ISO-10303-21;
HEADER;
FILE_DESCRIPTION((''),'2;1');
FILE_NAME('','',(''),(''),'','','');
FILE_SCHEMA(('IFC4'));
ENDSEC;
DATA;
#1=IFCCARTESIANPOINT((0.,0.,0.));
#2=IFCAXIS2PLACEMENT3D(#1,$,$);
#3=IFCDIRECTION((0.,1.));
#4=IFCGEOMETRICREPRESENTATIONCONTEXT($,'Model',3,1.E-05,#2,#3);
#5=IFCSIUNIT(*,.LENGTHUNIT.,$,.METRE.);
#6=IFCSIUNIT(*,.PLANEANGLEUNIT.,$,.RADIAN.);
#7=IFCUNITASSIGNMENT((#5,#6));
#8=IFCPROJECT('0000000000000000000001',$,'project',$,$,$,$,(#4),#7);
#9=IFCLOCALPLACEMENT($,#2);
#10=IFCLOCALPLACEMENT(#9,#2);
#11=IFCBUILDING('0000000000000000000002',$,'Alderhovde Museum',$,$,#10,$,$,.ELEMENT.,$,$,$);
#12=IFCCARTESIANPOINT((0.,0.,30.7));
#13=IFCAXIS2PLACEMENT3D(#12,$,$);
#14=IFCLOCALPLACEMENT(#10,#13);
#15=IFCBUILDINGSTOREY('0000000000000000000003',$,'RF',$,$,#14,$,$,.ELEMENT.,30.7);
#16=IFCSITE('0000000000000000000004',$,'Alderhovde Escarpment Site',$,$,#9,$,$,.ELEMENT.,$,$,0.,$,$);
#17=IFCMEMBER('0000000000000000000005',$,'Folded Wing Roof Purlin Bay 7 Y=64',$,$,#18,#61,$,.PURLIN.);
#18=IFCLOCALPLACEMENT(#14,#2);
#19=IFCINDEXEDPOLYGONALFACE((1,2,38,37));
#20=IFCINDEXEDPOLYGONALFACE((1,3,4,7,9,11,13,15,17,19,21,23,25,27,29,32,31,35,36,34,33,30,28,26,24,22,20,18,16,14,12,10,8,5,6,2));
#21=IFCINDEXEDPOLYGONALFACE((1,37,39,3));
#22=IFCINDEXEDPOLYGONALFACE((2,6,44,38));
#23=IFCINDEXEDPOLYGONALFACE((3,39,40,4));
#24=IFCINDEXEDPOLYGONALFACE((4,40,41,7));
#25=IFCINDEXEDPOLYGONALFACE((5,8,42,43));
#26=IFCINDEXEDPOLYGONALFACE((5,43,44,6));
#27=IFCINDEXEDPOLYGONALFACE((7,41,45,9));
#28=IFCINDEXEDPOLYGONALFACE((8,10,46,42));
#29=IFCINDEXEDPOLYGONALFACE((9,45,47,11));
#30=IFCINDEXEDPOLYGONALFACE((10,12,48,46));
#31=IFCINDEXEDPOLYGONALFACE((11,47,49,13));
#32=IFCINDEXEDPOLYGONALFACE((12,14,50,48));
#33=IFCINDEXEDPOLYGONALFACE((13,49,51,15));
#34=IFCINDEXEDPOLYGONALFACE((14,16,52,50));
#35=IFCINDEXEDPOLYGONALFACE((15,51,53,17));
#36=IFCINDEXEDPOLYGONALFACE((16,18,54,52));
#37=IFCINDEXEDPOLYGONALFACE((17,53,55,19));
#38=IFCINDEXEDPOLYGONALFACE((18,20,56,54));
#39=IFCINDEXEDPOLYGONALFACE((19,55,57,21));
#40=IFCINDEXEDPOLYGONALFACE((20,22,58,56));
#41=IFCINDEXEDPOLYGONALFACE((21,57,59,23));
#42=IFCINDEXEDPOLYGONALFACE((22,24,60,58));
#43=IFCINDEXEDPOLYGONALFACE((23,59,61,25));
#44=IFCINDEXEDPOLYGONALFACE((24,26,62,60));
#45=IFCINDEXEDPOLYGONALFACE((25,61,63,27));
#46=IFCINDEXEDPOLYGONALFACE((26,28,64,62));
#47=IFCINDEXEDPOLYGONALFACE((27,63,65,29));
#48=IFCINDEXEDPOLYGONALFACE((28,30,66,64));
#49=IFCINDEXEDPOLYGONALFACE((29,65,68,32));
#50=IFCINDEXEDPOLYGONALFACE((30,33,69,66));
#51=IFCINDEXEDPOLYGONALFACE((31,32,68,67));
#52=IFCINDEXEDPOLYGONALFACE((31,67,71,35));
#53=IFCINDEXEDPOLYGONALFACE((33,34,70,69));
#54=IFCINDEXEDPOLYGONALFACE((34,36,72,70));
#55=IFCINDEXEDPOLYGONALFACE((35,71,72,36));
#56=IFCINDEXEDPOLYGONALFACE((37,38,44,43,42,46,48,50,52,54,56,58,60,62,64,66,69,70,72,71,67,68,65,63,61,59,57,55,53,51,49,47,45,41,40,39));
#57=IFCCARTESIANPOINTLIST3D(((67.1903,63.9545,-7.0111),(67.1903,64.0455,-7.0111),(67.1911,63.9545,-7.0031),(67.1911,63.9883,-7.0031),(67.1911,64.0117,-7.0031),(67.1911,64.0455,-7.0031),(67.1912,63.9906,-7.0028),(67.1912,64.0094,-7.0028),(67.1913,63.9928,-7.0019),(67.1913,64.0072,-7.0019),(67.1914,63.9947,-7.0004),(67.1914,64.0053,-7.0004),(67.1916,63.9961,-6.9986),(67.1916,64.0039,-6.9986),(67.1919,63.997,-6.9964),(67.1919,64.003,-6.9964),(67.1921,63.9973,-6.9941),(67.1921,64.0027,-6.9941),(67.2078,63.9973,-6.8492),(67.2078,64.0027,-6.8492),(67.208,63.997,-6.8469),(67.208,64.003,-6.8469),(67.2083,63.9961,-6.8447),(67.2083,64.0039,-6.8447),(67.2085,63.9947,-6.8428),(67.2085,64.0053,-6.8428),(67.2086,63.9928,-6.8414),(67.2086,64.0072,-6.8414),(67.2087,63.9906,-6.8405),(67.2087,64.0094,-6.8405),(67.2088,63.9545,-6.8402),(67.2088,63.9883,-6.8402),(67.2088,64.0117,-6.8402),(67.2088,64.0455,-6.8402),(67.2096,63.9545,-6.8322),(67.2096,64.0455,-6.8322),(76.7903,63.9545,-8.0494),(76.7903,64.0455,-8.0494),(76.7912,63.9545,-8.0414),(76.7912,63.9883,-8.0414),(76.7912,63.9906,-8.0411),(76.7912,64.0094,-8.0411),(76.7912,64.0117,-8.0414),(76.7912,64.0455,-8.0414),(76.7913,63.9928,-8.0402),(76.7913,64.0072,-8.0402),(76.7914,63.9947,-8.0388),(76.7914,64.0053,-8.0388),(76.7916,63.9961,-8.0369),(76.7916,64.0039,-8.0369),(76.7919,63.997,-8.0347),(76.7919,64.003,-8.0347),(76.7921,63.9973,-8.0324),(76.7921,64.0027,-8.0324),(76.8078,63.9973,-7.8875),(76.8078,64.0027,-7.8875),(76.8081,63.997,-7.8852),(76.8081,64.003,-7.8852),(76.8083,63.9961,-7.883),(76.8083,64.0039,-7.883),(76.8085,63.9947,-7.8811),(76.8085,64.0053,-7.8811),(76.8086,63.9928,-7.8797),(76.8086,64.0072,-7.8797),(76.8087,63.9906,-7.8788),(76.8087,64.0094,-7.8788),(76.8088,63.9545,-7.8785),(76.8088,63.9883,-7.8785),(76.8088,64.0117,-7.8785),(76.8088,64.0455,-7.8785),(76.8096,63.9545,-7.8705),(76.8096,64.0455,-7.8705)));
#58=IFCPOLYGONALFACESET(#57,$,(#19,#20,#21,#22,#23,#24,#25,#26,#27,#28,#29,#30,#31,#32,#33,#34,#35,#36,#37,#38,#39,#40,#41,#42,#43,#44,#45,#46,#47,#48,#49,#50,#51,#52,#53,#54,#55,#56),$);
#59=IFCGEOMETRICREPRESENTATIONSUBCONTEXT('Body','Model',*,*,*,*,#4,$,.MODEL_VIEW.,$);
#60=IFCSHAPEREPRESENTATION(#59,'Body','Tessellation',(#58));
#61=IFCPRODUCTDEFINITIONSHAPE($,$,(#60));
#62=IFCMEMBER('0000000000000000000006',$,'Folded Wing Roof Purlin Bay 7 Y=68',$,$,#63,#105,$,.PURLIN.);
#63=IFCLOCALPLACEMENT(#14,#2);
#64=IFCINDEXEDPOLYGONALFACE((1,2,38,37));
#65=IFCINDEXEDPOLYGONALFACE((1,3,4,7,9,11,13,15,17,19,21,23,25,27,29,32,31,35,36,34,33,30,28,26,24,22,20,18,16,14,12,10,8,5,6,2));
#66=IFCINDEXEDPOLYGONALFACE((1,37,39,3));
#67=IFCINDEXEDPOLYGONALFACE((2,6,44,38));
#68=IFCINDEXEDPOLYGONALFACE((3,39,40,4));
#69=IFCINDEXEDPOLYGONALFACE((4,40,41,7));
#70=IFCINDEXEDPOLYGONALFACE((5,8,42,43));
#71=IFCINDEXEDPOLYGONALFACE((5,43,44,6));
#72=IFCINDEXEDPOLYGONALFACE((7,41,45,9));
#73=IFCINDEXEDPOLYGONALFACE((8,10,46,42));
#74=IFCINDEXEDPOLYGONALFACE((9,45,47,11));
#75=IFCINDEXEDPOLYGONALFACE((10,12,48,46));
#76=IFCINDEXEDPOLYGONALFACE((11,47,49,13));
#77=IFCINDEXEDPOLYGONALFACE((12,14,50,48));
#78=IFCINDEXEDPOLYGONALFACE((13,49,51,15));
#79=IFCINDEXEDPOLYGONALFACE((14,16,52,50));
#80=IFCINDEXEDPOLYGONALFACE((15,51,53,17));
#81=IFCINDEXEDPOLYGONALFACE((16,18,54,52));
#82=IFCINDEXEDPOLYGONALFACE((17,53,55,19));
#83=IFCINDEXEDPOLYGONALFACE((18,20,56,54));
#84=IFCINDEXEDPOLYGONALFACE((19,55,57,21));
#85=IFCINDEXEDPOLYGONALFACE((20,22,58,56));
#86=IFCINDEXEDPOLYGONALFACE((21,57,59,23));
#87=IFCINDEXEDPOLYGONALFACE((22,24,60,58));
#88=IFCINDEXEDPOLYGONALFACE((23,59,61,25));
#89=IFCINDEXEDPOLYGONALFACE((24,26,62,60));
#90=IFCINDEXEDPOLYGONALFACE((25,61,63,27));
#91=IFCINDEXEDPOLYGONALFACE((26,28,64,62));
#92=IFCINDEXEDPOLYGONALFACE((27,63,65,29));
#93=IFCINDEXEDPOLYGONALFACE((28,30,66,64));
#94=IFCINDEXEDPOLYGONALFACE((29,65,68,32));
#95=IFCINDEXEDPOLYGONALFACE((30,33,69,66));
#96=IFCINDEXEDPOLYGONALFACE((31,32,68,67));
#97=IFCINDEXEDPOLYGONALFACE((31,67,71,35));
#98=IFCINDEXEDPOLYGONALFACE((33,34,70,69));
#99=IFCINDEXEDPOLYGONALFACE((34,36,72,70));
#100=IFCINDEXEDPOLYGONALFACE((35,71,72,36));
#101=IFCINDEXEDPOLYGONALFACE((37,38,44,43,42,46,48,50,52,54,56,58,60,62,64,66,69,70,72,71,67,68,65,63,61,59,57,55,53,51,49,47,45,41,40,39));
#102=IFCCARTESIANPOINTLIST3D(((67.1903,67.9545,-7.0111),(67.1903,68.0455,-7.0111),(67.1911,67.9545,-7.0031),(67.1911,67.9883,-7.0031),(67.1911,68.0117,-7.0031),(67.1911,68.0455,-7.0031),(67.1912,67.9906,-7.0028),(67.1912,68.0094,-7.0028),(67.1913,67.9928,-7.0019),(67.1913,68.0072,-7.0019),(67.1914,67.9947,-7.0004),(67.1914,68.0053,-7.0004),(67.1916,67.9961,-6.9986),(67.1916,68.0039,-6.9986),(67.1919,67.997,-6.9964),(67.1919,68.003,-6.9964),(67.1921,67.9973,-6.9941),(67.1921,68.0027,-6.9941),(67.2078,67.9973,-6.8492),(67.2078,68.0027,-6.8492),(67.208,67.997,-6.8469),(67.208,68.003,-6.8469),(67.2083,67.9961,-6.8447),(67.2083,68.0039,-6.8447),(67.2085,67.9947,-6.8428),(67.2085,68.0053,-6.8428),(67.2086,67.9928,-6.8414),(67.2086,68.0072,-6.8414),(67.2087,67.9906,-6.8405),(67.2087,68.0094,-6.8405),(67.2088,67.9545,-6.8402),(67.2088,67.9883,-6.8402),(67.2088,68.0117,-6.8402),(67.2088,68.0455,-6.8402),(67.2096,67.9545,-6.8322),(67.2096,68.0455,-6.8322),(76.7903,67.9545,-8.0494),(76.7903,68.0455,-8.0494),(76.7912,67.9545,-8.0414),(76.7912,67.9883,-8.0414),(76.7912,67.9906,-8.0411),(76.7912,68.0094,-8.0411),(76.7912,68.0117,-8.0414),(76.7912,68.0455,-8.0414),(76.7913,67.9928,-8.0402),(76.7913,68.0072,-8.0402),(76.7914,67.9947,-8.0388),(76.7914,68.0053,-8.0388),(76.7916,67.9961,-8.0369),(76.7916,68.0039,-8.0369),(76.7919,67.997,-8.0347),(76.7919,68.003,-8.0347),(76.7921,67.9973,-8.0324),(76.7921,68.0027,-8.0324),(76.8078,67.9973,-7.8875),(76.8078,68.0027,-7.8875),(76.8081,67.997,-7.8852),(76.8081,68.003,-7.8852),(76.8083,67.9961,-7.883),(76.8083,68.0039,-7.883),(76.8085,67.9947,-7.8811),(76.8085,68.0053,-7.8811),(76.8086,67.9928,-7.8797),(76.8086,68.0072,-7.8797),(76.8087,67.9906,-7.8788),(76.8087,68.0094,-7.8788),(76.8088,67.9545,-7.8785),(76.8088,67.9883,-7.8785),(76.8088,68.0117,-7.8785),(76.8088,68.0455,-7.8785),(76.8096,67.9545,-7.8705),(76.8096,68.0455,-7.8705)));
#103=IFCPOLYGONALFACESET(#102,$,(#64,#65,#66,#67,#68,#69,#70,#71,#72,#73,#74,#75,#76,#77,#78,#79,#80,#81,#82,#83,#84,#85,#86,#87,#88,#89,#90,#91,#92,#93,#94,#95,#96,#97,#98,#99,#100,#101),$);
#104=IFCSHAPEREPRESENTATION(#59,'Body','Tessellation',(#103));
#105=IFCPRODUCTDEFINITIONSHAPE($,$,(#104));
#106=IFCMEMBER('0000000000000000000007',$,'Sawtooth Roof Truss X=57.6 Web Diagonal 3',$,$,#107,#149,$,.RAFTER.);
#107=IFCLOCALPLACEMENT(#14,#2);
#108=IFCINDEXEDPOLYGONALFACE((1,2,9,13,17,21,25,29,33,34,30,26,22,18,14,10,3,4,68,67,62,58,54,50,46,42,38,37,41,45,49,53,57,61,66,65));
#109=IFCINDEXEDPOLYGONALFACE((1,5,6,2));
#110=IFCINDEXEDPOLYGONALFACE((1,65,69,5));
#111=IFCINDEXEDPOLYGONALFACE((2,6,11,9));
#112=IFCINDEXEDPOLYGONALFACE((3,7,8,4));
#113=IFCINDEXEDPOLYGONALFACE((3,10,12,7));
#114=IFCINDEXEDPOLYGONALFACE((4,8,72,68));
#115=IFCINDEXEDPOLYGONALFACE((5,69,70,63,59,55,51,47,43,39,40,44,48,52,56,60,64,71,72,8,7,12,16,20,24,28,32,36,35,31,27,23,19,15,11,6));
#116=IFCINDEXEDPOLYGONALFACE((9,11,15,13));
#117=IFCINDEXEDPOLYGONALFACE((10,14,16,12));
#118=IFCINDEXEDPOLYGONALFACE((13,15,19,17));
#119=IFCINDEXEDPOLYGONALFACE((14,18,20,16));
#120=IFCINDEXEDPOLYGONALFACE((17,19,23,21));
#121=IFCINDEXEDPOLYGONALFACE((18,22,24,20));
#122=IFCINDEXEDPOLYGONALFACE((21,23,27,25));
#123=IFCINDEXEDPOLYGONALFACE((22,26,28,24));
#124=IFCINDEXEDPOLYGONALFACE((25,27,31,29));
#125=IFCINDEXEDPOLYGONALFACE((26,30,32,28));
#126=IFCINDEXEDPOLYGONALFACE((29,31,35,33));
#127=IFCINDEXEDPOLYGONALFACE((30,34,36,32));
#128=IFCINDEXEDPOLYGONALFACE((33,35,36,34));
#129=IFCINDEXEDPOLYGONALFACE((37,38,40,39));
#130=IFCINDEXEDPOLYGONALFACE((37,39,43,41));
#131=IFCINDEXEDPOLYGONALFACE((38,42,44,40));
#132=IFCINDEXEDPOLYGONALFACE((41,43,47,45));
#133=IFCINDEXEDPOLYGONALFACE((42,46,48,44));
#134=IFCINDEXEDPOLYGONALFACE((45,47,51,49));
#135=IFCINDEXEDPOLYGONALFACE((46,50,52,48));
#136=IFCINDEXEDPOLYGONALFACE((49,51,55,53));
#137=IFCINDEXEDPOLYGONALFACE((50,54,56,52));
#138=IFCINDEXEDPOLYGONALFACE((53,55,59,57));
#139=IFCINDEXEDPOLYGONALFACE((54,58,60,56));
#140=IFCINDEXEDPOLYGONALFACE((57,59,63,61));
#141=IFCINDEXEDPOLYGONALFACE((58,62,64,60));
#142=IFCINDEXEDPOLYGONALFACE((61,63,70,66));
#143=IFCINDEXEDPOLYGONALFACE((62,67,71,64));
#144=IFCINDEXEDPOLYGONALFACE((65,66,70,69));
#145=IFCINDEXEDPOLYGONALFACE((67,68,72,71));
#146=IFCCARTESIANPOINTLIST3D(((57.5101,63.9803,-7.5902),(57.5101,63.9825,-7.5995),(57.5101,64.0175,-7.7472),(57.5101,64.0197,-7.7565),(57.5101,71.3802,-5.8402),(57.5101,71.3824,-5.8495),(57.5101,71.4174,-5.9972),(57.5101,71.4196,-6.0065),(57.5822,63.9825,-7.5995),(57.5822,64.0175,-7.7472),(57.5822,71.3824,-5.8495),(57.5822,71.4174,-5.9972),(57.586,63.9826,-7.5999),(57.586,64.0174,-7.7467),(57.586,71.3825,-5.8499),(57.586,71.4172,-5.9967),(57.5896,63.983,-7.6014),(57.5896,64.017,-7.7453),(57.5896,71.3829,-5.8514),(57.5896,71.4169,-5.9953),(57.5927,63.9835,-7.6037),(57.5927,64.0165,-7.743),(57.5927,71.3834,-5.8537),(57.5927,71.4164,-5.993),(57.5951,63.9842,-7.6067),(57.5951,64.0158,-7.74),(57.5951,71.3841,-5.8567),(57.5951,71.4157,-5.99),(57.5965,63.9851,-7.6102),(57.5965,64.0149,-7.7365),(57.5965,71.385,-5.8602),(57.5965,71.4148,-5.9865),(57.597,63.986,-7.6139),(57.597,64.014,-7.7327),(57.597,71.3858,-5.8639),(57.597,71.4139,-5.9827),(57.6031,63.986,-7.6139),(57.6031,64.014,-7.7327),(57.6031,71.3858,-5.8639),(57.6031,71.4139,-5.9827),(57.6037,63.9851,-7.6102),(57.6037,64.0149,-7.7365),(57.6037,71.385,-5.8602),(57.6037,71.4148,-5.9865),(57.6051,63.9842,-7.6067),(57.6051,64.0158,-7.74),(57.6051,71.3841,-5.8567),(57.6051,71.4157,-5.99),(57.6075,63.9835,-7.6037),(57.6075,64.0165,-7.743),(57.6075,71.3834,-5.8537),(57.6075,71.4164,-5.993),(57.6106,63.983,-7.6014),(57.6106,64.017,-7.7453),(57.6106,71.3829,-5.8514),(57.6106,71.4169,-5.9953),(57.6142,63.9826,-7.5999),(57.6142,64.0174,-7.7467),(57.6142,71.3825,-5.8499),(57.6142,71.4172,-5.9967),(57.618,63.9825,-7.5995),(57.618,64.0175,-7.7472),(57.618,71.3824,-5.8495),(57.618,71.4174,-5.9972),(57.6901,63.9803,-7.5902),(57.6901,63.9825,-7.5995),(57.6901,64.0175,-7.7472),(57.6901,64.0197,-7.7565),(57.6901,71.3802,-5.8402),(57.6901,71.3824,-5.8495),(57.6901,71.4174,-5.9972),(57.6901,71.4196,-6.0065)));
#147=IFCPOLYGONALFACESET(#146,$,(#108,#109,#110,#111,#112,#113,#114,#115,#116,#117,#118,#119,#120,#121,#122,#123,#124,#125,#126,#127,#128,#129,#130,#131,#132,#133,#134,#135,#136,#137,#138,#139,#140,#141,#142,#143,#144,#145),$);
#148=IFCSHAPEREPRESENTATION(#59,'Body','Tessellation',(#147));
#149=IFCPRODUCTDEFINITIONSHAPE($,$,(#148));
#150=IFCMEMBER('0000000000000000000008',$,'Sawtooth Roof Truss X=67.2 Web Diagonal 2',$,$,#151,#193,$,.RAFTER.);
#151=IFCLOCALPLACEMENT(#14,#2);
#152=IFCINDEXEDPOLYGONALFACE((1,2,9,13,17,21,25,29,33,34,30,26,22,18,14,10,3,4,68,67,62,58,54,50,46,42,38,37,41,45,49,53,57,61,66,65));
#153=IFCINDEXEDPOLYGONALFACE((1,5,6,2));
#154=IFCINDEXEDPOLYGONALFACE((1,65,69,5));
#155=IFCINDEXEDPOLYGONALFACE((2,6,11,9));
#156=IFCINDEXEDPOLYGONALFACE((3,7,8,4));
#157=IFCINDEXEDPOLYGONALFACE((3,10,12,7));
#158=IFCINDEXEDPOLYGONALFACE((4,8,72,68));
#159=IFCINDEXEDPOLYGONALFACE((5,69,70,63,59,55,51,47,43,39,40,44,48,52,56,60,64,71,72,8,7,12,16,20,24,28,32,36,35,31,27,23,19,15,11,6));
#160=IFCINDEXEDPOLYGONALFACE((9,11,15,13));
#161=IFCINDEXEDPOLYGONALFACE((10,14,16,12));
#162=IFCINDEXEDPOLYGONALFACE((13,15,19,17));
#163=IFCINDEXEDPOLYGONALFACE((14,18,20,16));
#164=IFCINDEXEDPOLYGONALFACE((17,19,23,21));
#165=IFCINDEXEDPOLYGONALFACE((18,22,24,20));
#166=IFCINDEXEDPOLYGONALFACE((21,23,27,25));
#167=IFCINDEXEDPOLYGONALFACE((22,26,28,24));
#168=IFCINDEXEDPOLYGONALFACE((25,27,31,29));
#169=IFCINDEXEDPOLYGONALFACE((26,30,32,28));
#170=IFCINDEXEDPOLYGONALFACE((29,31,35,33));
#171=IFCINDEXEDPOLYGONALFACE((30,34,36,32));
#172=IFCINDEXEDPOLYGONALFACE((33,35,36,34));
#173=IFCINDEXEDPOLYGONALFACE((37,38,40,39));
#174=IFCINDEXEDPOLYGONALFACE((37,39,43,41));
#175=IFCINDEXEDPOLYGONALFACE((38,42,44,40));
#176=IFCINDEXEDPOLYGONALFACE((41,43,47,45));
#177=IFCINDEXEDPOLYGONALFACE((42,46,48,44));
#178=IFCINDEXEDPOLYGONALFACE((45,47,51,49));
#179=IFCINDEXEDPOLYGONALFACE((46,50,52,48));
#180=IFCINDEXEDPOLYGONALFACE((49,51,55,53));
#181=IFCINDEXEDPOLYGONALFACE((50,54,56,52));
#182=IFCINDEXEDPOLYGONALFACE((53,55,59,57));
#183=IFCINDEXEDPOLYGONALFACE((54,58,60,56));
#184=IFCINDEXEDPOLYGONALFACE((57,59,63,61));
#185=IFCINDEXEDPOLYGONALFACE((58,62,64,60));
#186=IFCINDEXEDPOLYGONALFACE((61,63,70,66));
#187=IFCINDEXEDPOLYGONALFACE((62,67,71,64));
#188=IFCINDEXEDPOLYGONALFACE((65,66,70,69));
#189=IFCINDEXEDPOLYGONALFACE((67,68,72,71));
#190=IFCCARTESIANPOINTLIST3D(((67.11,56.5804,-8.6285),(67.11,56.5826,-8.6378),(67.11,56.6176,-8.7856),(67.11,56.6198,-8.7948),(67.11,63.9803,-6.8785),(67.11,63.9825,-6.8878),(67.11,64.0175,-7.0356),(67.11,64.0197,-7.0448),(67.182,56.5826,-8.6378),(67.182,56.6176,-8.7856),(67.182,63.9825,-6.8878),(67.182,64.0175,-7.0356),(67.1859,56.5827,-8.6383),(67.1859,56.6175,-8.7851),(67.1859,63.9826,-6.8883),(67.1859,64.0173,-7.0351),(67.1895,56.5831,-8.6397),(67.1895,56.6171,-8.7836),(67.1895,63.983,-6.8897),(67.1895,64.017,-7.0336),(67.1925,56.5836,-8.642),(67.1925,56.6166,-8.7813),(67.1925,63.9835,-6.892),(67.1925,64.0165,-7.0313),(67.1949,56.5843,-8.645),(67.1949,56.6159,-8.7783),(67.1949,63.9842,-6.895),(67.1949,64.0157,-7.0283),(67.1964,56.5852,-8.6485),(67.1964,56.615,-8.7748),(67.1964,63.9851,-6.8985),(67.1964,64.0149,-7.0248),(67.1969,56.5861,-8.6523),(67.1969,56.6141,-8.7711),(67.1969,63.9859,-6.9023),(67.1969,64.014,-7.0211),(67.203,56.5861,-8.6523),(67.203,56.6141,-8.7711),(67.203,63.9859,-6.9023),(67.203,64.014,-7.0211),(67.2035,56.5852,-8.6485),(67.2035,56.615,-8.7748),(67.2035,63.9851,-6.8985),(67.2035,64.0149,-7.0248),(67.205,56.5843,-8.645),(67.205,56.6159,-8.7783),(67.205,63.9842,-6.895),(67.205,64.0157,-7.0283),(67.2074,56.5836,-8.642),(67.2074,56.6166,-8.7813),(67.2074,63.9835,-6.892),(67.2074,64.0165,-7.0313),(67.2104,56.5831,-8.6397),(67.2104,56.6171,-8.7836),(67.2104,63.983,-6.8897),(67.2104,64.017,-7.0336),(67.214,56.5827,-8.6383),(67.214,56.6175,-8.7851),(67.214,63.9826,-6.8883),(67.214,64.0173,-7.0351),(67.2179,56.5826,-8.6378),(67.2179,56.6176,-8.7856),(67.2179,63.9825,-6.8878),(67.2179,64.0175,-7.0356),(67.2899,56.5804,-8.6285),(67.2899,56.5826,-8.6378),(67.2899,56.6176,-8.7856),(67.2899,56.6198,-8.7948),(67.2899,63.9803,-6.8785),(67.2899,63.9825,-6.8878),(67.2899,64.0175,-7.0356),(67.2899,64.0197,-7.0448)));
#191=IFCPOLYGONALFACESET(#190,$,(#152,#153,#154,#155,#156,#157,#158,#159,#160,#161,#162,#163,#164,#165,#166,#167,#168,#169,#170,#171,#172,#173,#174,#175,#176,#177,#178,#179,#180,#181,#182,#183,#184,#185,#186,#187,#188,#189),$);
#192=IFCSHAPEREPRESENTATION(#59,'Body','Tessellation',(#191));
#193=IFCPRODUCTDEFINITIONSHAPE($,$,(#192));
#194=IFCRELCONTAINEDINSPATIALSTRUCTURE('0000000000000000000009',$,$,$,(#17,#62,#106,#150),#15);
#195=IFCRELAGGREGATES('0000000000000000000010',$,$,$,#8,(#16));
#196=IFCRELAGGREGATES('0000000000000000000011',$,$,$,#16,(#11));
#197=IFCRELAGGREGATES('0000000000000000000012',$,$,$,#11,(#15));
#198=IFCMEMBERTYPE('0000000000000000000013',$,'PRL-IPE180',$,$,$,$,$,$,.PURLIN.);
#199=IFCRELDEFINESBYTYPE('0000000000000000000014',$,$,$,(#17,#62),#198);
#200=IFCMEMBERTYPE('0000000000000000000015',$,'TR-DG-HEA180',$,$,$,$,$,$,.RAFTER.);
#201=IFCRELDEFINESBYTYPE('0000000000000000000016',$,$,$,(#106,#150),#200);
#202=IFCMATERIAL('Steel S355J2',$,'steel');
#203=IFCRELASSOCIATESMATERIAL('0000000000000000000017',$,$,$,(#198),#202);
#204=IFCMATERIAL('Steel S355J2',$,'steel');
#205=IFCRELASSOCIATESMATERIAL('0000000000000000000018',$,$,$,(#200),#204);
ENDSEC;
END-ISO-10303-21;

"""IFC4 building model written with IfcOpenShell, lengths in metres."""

from ifc_helpers import new_model, si_unit, direction, frame, origin, origin_2d, place, context, subcontext, project, spatial, i_section, extrude, material, material_profile, profile_set, type_object, element, save


model = new_model("IFC4")

# Units and contexts
model_context = context("Model", 3, precision=1e-05, world=origin(), true_north=direction((0.0, 1.0)))
body_context = subcontext(model_context, "Body", "Model", "MODEL_VIEW")
ifc_project = project(units=[si_unit("LENGTHUNIT", "METRE"), si_unit("PLANEANGLEUNIT", "RADIAN")], contexts=[model_context])

# Site, building, storey
site_placement = place(None, origin())
site = spatial("IfcSite", under=ifc_project, at=site_placement, Name="Alderhovde Escarpment Site", CompositionType="ELEMENT", RefElevation=0.0)
building_placement = place(site_placement, origin())
building = spatial("IfcBuilding", under=site, at=building_placement, Name="Alderhovde Museum", CompositionType="ELEMENT")
storey_placement = place(building_placement, frame((0.0, 0.0, 30.7)))
storey = spatial("IfcBuildingStorey", under=building, at=storey_placement, Name="RF", CompositionType="ELEMENT", Elevation=30.7)

# Members
ifc_material_1 = material(Name="Steel S355J2", Category="steel")
ifc_material_profile_1 = material_profile(ifc_material_1, i_section(OverallWidth=0.0911, OverallDepth=0.1799, WebThickness=0.0054, FlangeThickness=0.0081, FilletRadius=0.009, at=origin_2d()), Name="IPE 180")
ifc_profile_set_1 = profile_set([ifc_material_profile_1], Name="Steel S355J2")
member_type_1 = type_object("IfcMemberType", Name="PRL-IPE180", PredefinedType="PURLIN", material=ifc_profile_set_1)
for number, where, z_axis, x_axis, name in (
    (1, (67.2, 64.0, -6.9216), (0.994202, 0.0, -0.107531), (0.0, 1.0, 0.0), "Folded Wing Roof Purlin Bay 7 Y=64"),
    (2, (67.2, 68.0, -6.9216), (0.994202, 0.0, -0.107531), (0.0, 1.0, 0.0), "Folded Wing Roof Purlin Bay 7 Y=68"),
):
    element("IfcMember", number, at=place(storey_placement, frame(where, z_axis=z_axis, x_axis=x_axis)), inside=storey, type_object=member_type_1, Name=name, PredefinedType="PURLIN", context=body_context, shape_type="SweptSolid", body=[
        extrude(i_section(OverallWidth=0.0911, OverallDepth=0.1799, WebThickness=0.0054, FlangeThickness=0.0081, FilletRadius=0.009, at=origin_2d()), origin(), (0.0, 0.0, 1.0), 9.656),
    ])
ifc_material_2 = material(Name="Steel S355J2", Category="steel")
ifc_material_profile_2 = material_profile(ifc_material_2, i_section(OverallWidth=0.1799, OverallDepth=0.1709, WebThickness=0.0061, FlangeThickness=0.0095, FilletRadius=0.0149, at=origin_2d()), Name="HEA 180")
ifc_profile_set_2 = profile_set([ifc_material_profile_2], Name="Steel S355J2")
member_type_2 = type_object("IfcMemberType", Name="TR-DG-HEA180", PredefinedType="RAFTER", material=ifc_profile_set_2)
for number, where, z_axis, x_axis, name in (
    (3, (57.6001, 64.0, -7.6733), (0.0, 0.973157, 0.230142), (-1.0, 0.0, 0.0), "Sawtooth Roof Truss X=57.6 Web Diagonal 3"),
    (4, (67.2, 56.6001, -8.7117), (0.0, 0.973157, 0.230142), (-1.0, 0.0, 0.0), "Sawtooth Roof Truss X=67.2 Web Diagonal 2"),
):
    element("IfcMember", number, at=place(storey_placement, frame(where, z_axis=z_axis, x_axis=x_axis)), inside=storey, type_object=member_type_2, Name=name, PredefinedType="RAFTER", context=body_context, shape_type="SweptSolid", body=[
        extrude(i_section(OverallWidth=0.1799, OverallDepth=0.1709, WebThickness=0.0061, FlangeThickness=0.0095, FilletRadius=0.0149, at=origin_2d()), origin(), (0.0, 0.0, 1.0), 7.604),
    ])

save(model, "model.ifc")
